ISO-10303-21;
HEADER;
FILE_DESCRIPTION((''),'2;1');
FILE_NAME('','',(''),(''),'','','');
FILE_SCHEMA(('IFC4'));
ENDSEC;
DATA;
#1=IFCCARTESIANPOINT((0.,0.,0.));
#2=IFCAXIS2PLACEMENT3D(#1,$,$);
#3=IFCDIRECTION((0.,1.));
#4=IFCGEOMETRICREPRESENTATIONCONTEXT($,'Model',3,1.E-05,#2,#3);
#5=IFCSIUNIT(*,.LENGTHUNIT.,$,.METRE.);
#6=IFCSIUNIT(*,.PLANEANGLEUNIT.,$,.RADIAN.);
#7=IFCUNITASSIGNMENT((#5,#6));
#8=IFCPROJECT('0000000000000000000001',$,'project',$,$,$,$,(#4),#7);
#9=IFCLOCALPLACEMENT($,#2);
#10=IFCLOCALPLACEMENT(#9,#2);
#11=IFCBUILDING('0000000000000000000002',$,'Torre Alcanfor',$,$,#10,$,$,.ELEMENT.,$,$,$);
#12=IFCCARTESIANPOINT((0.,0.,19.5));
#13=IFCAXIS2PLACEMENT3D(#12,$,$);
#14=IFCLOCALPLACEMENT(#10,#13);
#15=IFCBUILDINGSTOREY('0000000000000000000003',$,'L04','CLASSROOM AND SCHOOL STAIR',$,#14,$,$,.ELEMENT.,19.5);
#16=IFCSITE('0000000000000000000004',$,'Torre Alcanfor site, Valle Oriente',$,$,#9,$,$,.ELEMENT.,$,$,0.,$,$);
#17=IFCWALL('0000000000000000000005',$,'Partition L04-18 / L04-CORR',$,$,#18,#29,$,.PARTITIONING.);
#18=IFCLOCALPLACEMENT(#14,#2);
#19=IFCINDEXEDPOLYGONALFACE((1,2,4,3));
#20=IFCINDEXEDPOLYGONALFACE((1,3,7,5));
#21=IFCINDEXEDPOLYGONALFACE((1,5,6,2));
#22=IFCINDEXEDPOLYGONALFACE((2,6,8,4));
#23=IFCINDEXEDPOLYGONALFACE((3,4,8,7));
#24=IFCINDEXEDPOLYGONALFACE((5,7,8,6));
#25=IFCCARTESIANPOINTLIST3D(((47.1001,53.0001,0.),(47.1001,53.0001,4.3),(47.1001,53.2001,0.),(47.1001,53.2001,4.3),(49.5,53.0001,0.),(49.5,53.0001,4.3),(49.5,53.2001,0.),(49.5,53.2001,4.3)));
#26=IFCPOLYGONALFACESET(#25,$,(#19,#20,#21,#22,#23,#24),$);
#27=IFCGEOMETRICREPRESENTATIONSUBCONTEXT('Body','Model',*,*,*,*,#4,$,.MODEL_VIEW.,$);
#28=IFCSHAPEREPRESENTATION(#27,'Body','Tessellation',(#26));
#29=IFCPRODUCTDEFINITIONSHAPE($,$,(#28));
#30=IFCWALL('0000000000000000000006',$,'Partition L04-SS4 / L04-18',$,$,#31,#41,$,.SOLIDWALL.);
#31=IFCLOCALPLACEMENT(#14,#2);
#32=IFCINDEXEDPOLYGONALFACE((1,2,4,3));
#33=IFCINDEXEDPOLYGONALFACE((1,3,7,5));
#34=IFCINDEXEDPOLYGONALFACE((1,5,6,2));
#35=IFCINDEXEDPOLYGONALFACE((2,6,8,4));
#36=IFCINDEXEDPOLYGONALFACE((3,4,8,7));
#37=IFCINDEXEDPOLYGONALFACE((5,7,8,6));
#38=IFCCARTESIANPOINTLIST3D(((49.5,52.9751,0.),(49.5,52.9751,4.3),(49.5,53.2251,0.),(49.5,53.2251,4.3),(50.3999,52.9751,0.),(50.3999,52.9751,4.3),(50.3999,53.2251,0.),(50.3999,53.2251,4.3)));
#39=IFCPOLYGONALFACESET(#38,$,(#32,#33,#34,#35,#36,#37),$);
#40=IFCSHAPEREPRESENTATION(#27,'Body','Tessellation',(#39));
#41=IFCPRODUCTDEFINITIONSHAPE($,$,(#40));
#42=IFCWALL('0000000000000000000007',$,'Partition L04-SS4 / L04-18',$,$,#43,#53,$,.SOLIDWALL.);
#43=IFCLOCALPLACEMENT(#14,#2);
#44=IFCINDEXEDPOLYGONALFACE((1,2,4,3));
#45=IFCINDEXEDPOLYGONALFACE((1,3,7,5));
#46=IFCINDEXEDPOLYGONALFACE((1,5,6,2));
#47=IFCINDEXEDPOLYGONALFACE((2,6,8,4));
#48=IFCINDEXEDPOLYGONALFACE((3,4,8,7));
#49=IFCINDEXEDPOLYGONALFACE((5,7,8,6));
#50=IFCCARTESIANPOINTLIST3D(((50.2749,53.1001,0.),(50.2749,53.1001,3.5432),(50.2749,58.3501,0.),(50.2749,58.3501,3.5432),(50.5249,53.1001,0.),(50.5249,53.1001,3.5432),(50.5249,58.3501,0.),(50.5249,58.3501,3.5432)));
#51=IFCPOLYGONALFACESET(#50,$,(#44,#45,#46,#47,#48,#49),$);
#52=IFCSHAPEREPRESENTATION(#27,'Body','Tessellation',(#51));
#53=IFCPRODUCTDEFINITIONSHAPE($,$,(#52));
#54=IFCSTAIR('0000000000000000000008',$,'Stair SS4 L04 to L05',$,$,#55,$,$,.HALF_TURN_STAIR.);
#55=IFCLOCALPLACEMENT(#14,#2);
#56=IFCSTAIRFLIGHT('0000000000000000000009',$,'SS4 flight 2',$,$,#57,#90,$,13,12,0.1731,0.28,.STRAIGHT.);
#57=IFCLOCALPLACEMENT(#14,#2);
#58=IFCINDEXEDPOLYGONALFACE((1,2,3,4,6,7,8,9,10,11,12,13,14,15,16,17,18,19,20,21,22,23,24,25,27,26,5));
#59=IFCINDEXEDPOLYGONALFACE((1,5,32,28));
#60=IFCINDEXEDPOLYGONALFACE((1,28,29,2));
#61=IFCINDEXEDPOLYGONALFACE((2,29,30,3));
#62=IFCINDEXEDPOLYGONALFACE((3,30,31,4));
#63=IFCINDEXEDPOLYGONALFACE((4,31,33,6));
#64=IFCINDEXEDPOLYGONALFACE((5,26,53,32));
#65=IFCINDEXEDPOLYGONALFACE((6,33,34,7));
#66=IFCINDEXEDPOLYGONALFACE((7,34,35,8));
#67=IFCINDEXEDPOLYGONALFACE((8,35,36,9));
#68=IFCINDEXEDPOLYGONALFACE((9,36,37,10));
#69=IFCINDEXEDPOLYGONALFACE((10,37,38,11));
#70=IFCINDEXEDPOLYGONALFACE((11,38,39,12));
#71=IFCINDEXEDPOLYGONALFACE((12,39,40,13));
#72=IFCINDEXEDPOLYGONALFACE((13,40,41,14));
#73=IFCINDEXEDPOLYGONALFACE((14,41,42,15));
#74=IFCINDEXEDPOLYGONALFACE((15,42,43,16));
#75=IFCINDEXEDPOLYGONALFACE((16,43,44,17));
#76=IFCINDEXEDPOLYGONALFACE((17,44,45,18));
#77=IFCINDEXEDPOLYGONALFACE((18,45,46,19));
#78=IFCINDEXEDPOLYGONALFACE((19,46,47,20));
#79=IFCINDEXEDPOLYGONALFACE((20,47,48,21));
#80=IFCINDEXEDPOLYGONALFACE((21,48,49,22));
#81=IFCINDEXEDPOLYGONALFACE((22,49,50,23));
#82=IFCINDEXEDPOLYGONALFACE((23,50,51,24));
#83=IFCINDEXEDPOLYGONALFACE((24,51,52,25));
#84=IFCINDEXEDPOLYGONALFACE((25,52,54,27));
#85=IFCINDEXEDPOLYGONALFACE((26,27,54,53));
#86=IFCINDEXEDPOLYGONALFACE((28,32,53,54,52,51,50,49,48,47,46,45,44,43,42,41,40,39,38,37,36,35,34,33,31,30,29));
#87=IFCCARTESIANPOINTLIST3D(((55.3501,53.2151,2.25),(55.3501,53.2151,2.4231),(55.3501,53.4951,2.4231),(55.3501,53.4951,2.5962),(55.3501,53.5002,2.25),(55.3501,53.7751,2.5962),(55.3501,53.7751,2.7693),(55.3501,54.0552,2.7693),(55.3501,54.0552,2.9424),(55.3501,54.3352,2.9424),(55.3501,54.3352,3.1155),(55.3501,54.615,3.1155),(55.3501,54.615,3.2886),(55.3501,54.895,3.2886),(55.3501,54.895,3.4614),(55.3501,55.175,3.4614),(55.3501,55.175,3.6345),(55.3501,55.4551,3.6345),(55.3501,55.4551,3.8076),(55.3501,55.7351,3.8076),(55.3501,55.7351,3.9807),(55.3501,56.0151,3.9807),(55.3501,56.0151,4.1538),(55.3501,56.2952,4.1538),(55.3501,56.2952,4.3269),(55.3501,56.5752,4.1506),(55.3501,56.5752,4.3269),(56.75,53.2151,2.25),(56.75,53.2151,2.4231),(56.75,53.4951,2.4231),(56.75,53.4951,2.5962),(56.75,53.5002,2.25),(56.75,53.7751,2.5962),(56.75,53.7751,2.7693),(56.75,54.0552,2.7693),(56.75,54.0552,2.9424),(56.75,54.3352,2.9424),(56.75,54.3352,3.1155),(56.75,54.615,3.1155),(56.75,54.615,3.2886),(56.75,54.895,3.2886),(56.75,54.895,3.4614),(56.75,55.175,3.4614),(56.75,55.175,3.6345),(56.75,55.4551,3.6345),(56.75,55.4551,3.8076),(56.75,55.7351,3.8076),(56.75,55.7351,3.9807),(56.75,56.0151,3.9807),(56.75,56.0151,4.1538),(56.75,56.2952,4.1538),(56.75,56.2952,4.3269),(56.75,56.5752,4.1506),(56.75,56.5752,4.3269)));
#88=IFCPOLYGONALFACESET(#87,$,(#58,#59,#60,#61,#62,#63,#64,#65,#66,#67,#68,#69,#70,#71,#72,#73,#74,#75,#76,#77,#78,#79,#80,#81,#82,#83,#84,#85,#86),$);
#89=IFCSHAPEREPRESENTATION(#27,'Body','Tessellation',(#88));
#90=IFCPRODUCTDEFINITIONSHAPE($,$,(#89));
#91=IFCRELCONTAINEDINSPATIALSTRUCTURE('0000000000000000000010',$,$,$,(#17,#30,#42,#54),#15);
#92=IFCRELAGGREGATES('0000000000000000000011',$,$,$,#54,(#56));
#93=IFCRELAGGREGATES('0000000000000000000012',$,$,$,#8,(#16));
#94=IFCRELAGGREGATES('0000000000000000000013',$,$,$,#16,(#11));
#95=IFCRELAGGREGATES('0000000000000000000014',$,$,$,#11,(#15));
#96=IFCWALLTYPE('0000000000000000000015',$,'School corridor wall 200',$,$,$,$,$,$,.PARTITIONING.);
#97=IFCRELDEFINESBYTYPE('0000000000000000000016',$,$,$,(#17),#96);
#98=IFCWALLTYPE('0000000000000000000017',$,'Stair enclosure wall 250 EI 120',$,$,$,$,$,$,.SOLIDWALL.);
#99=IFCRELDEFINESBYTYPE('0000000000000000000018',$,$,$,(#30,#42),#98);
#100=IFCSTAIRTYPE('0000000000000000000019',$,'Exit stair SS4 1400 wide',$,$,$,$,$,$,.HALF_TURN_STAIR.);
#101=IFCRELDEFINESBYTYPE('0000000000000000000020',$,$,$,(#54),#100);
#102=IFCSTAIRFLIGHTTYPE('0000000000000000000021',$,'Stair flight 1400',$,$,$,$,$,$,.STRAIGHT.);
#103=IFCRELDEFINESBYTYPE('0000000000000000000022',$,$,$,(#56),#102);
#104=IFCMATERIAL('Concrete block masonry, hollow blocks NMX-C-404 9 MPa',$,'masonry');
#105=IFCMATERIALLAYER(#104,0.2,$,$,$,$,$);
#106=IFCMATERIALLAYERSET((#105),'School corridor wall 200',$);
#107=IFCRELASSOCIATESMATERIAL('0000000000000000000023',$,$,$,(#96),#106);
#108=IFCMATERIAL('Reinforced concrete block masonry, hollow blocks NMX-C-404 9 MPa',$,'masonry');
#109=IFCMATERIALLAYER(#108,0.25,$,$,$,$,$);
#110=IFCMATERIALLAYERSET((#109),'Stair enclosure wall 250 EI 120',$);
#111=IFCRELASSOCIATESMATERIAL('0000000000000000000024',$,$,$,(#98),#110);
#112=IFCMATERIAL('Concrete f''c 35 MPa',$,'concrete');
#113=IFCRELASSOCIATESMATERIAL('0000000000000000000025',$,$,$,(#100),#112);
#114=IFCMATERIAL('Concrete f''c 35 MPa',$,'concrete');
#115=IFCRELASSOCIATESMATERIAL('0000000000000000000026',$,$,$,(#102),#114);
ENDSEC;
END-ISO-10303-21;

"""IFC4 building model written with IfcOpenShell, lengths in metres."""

from ifc_helpers import new_model, si_unit, direction, frame, frame_2d, origin, place, context, subcontext, project, spatial, polyline, rectangle, outline, extrude, material, layer, layer_set, type_object, element, aggregate, save


model = new_model("IFC4")

# Units and contexts
model_context = context("Model", 3, precision=1e-05, world=origin(), true_north=direction((0.0, 1.0)))
body_context = subcontext(model_context, "Body", "Model", "MODEL_VIEW")
ifc_project = project(units=[si_unit("LENGTHUNIT", "METRE"), si_unit("PLANEANGLEUNIT", "RADIAN")], contexts=[model_context])

# Site, building, storey
site_placement = place(None, origin())
site = spatial("IfcSite", under=ifc_project, at=site_placement, Name="Torre Alcanfor site, Valle Oriente", CompositionType="ELEMENT", RefElevation=0.0)
building_placement = place(site_placement, origin())
building = spatial("IfcBuilding", under=site, at=building_placement, Name="Torre Alcanfor", CompositionType="ELEMENT")
storey_placement = place(building_placement, frame((0.0, 0.0, 19.5)))
storey = spatial("IfcBuildingStorey", under=building, at=storey_placement, Name="L04", Description="CLASSROOM AND SCHOOL STAIR", CompositionType="ELEMENT", Elevation=19.5)

# Walls
ifc_material_1 = material(Name="Concrete block masonry, hollow blocks NMX-C-404 9 MPa", Category="masonry")
ifc_layer_1 = layer(ifc_material_1, 0.2)
ifc_layer_set_1 = layer_set([ifc_layer_1], Name="School corridor wall 200")
wall_type_1 = type_object("IfcWallType", Name="School corridor wall 200", PredefinedType="PARTITIONING", material=ifc_layer_set_1)
wall_1_placement = place(storey_placement, frame((49.5, 53.1001, 0.0), z_axis=(0.0, 0.0, 1.0), x_axis=(-1.0, 0.0, 0.0)))
element("IfcWall", 1, at=wall_1_placement, inside=storey, type_object=wall_type_1, Name="Partition L04-18 / L04-CORR", PredefinedType="PARTITIONING", context=body_context, shape_type="SweptSolid", body=[
    extrude(rectangle(XDim=2.3999, YDim=0.2, at=frame_2d((1.2, 0.0))), origin(), (0.0, 0.0, 1.0), 4.3),
])
ifc_material_2 = material(Name="Reinforced concrete block masonry, hollow blocks NMX-C-404 9 MPa", Category="masonry")
ifc_layer_2 = layer(ifc_material_2, 0.25)
ifc_layer_set_2 = layer_set([ifc_layer_2], Name="Stair enclosure wall 250 EI 120")
wall_type_2 = type_object("IfcWallType", Name="Stair enclosure wall 250 EI 120", PredefinedType="SOLIDWALL", material=ifc_layer_set_2)
wall_2_placement = place(storey_placement, frame((49.5, 53.1001, 0.0), z_axis=(0.0, 0.0, 1.0), x_axis=(1.0, 0.0, 0.0)))
element("IfcWall", 2, at=wall_2_placement, inside=storey, type_object=wall_type_2, Name="Partition L04-SS4 / L04-18", PredefinedType="SOLIDWALL", context=body_context, shape_type="SweptSolid", body=[
    extrude(rectangle(XDim=0.8999, YDim=0.25, at=frame_2d((0.45, 0.0))), origin(), (0.0, 0.0, 1.0), 4.3),
])
wall_3_placement = place(storey_placement, frame((50.3999, 53.1001, 0.0), z_axis=(0.0, 0.0, 1.0), x_axis=(0.0, 1.0, 0.0)))
element("IfcWall", 3, at=wall_3_placement, inside=storey, type_object=wall_type_2, Name="Partition L04-SS4 / L04-18", PredefinedType="SOLIDWALL", context=body_context, shape_type="SweptSolid", body=[
    extrude(rectangle(XDim=5.25, YDim=0.25, at=frame_2d((2.625, 0.0))), origin(), (0.0, 0.0, 1.0), 3.5432),
])

# Stair, stair flight
ifc_material_3 = material(Name="Concrete f'c 35 MPa", Category="concrete")
stair_type = type_object("IfcStairType", Name="Exit stair SS4 1400 wide", PredefinedType="HALF_TURN_STAIR", material=ifc_material_3)
stair_placement = place(storey_placement, origin())
stair = element("IfcStair", 4, at=stair_placement, inside=storey, type_object=stair_type, Name="Stair SS4 L04 to L05", PredefinedType="HALF_TURN_STAIR")
ifc_material_4 = material(Name="Concrete f'c 35 MPa", Category="concrete")
stair_flight_type = type_object("IfcStairFlightType", Name="Stair flight 1400", PredefinedType="STRAIGHT", material=ifc_material_4)
stair_flight_placement = place(storey_placement, frame((56.05, 53.2151, 2.25), z_axis=(0.0, 0.0, 1.0), x_axis=(0.0, 1.0, 0.0)))
stair_flight = element("IfcStairFlight", 5, at=stair_flight_placement, type_object=stair_flight_type, Name="SS4 flight 2", NumberOfRisers=13, NumberOfTreads=12, PredefinedType="STRAIGHT", RiserHeight=0.1731, TreadLength=0.28, context=body_context, shape_type="SweptSolid", body=[
    extrude(outline(polyline([(0.0, 0.0), (0.0, 0.1731), (0.28, 0.1731), (0.28, 0.3462), (0.5601, 0.3462), (0.5601, 0.5193), (0.8401, 0.5193), (0.8401, 0.6924), (1.1201, 0.6924), (1.1201, 0.8655), (1.3999, 0.8655), (1.3999, 1.0386), (1.6799, 1.0386), (1.6799, 1.2114), (1.96, 1.2114), (1.96, 1.3845), (2.24, 1.3845), (2.24, 1.5576), (2.52, 1.5576), (2.52, 1.7307), (2.8, 1.7307), (2.8, 1.9038), (3.0801, 1.9038), (3.0801, 2.0769), (3.3601, 2.0769), (3.3601, 2.25), (3.3601, 1.9006), (0.2852, 0.0), (0.0, 0.0)])), frame((0.0, 0.7, 0.0), z_axis=(0.0, -1.0, 0.0), x_axis=(1.0, 0.0, 0.0)), (0.0, 0.0, 1.0), 1.3999),
])
aggregate(stair, [stair_flight])

save(model, "model.ifc")
